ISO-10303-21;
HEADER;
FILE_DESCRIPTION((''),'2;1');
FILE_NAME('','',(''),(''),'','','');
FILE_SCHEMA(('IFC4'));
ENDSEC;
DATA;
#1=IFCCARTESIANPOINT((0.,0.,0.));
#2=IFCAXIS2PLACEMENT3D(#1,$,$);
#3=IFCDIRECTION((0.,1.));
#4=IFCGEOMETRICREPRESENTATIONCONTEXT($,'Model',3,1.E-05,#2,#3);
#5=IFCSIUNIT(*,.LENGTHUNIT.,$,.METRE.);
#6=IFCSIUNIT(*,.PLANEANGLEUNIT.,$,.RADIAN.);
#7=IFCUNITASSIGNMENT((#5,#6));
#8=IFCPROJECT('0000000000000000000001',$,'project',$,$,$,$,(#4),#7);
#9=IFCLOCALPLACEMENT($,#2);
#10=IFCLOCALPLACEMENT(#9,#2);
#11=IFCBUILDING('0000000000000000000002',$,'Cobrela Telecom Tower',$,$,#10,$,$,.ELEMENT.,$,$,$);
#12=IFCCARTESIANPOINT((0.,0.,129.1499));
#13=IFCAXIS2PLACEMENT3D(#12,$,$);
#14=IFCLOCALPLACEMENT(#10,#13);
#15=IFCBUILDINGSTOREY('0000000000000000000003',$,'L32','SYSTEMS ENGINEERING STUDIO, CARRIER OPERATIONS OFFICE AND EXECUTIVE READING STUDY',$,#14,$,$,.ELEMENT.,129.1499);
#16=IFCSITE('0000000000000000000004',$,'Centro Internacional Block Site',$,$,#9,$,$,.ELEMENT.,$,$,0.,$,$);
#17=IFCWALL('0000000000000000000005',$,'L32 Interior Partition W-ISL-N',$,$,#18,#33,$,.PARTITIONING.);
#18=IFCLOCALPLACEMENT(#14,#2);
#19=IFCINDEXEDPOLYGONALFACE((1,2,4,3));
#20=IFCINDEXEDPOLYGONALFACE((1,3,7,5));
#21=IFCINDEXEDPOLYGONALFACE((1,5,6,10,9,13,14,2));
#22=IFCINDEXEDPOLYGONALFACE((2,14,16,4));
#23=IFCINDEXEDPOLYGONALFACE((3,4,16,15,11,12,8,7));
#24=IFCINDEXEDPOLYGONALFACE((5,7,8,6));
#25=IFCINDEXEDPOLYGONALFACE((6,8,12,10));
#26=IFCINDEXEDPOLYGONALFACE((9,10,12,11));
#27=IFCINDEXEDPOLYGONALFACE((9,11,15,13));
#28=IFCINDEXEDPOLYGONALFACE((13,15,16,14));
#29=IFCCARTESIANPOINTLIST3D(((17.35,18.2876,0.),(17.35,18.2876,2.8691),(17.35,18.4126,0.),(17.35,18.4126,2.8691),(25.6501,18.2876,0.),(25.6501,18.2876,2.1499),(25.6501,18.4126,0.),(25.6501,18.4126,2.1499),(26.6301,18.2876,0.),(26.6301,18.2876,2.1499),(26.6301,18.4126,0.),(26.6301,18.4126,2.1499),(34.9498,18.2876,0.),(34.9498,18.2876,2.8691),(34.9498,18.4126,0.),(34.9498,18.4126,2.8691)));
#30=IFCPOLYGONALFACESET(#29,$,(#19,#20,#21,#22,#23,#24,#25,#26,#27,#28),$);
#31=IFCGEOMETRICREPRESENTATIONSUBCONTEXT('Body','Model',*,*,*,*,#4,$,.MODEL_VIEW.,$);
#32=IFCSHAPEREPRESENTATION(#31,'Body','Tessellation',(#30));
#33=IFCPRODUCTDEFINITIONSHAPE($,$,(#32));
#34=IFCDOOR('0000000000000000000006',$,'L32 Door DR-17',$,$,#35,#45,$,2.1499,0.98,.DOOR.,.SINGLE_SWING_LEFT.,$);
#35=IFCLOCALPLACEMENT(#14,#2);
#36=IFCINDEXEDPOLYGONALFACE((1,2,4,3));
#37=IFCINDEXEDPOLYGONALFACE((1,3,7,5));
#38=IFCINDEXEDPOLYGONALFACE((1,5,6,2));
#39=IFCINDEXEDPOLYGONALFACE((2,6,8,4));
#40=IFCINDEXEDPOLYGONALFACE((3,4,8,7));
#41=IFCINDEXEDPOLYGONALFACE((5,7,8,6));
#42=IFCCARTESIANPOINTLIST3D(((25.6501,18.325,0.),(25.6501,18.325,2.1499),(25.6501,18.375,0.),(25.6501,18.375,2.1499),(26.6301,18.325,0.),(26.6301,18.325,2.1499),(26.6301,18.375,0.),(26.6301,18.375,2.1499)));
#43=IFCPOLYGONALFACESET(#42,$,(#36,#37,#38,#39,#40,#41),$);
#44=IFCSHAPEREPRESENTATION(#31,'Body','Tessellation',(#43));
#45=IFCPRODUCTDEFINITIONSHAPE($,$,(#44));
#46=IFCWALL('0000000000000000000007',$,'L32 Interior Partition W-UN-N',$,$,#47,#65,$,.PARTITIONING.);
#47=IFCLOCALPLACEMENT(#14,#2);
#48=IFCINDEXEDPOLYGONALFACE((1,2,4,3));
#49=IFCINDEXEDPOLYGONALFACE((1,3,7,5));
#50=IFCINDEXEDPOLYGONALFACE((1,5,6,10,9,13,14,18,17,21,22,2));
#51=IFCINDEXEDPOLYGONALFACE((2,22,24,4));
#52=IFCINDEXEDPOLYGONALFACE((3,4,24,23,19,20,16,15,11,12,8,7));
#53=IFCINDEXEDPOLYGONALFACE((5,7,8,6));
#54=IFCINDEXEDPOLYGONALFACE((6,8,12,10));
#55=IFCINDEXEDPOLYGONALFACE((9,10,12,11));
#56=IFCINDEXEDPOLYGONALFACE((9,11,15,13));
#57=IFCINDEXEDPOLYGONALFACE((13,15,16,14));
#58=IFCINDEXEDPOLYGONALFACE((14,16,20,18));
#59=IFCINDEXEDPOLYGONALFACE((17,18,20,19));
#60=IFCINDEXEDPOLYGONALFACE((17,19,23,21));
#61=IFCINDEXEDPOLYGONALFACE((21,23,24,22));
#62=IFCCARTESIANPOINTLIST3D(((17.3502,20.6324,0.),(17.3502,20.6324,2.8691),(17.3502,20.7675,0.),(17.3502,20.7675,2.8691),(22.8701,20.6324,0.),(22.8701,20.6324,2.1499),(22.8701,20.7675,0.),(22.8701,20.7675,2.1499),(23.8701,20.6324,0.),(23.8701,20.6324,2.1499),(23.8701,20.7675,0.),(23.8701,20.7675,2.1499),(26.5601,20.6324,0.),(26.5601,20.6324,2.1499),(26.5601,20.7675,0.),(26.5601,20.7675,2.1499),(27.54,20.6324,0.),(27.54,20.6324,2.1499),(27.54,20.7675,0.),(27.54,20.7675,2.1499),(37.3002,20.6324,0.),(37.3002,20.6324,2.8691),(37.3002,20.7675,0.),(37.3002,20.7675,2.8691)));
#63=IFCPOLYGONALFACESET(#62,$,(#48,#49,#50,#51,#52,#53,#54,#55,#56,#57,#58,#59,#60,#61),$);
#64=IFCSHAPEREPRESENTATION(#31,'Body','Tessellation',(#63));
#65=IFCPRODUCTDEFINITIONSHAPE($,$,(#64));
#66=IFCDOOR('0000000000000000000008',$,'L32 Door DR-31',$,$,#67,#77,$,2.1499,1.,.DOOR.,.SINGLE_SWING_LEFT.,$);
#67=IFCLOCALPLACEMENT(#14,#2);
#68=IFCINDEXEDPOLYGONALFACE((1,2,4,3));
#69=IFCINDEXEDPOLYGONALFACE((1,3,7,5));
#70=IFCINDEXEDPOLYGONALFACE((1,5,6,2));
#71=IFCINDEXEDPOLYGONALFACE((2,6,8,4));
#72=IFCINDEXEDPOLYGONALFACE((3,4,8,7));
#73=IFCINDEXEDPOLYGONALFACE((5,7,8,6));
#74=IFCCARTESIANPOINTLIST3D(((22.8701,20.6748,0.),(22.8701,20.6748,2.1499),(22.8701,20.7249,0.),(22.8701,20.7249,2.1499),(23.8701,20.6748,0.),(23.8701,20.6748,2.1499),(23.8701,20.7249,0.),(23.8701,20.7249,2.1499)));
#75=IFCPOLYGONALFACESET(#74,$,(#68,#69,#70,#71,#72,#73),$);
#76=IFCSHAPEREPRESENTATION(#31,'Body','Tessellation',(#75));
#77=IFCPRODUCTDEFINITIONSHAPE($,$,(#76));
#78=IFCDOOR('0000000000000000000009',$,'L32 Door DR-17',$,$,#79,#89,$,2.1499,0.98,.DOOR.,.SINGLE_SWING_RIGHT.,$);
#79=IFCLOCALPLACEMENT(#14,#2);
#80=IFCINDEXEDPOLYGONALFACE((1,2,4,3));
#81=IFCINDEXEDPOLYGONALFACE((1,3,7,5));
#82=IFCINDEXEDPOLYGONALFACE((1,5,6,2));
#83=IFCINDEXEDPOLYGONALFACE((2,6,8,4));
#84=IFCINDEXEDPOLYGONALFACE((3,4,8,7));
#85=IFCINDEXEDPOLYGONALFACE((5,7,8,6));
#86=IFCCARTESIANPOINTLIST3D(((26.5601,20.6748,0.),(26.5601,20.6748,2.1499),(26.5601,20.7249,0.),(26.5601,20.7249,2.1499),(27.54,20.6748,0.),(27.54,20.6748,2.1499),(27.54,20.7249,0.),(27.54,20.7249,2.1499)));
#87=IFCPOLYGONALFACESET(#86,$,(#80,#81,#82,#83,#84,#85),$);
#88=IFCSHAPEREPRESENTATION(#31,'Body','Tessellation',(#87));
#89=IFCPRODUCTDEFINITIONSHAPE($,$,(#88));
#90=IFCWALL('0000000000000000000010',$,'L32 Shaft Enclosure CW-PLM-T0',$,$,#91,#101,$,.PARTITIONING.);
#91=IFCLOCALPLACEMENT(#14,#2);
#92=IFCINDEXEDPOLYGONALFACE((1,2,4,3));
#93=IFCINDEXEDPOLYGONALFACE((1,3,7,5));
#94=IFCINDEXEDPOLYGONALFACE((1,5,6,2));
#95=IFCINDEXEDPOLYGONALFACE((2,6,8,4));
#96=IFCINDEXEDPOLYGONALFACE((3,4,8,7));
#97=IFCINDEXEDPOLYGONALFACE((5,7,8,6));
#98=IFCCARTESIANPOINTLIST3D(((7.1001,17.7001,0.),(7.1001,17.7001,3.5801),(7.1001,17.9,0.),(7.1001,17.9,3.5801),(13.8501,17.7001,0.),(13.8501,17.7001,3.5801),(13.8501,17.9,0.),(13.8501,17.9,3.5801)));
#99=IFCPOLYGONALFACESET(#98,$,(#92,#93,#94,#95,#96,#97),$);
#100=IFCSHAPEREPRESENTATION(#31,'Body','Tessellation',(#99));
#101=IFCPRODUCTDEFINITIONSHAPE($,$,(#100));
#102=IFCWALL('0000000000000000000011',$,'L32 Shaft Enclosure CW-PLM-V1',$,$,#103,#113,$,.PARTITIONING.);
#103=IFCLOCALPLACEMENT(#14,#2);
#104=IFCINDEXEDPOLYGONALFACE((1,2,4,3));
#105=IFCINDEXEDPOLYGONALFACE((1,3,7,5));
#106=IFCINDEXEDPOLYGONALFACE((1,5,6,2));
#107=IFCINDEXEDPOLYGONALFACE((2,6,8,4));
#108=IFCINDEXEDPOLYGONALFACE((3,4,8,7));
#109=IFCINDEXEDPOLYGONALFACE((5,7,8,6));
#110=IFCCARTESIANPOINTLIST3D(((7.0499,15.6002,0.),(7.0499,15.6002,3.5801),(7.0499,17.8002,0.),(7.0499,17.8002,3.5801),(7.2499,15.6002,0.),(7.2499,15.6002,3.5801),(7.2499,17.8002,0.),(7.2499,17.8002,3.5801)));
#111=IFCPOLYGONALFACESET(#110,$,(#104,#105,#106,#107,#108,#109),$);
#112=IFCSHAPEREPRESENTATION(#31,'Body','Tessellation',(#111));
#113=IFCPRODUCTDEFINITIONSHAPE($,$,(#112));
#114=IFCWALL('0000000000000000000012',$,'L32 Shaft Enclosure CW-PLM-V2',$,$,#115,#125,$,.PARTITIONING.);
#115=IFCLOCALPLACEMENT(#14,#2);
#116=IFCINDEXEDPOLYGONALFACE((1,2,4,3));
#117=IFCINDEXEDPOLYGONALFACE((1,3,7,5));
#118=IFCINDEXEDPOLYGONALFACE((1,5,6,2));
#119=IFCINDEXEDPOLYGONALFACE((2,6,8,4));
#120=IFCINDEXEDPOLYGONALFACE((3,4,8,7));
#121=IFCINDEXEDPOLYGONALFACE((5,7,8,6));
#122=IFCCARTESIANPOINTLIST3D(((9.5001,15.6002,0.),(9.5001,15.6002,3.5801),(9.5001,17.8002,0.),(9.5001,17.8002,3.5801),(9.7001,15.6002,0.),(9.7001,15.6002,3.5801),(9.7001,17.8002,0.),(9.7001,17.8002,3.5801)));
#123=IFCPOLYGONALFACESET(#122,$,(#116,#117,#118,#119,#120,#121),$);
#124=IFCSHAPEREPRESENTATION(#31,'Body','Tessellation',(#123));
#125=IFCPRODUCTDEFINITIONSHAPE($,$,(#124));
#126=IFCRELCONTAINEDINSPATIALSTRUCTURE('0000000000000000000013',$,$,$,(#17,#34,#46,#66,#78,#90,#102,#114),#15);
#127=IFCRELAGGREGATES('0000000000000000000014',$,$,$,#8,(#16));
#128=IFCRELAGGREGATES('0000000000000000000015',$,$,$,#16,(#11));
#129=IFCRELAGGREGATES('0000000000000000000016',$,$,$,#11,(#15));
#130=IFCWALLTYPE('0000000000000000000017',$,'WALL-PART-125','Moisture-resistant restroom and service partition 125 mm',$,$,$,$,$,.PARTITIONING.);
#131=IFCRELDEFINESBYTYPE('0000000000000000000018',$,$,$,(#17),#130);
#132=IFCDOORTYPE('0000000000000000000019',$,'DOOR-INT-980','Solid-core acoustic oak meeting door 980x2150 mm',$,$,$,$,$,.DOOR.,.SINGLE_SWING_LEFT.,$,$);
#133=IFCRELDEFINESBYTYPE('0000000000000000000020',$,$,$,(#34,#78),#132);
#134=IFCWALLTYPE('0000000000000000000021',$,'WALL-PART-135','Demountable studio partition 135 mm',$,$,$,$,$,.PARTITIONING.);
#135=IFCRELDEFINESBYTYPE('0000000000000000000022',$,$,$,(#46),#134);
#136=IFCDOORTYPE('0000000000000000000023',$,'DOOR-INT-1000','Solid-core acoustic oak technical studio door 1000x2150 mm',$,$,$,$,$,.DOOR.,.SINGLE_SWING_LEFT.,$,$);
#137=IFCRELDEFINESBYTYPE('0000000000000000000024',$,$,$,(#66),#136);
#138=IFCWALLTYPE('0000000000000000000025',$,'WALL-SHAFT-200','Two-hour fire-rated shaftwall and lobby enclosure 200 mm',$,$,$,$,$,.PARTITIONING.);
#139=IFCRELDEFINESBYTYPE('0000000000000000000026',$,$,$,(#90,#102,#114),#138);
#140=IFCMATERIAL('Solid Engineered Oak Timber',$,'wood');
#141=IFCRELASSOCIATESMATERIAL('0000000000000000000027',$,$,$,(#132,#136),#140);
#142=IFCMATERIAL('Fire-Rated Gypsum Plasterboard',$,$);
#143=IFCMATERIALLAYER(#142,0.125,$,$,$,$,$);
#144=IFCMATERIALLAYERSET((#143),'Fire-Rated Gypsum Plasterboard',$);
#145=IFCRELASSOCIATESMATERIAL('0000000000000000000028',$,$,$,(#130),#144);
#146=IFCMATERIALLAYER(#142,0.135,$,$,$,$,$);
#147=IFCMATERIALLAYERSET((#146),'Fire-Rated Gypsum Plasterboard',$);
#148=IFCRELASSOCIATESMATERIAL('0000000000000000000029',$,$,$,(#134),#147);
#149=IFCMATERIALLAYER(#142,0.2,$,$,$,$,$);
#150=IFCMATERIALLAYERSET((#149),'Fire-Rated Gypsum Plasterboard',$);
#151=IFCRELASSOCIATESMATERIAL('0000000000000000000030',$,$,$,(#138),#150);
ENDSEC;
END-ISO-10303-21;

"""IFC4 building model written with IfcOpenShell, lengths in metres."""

from ifc_helpers import new_model, si_unit, direction, frame, frame_2d, origin, place, context, subcontext, project, spatial, rectangle, extrude, material, layer, layer_set, type_object, element, fill, save


model = new_model("IFC4")

# Units and contexts
model_context = context("Model", 3, precision=1e-05, world=origin(), true_north=direction((0.0, 1.0)))
body_context = subcontext(model_context, "Body", "Model", "MODEL_VIEW")
ifc_project = project(units=[si_unit("LENGTHUNIT", "METRE"), si_unit("PLANEANGLEUNIT", "RADIAN")], contexts=[model_context])

# Site, building, storey
site_placement = place(None, origin())
site = spatial("IfcSite", under=ifc_project, at=site_placement, Name="Centro Internacional Block Site", CompositionType="ELEMENT", RefElevation=0.0)
building_placement = place(site_placement, origin())
building = spatial("IfcBuilding", under=site, at=building_placement, Name="Cobrela Telecom Tower", CompositionType="ELEMENT")
storey_placement = place(building_placement, frame((0.0, 0.0, 129.1499)))
storey = spatial("IfcBuildingStorey", under=building, at=storey_placement, Name="L32", Description="SYSTEMS ENGINEERING STUDIO, CARRIER OPERATIONS OFFICE AND EXECUTIVE READING STUDY", CompositionType="ELEMENT", Elevation=129.1499)

# Shared definitions
ifc_material_1 = material(Name="Fire-Rated Gypsum Plasterboard")
ifc_material_2 = material(Name="Solid Engineered Oak Timber", Category="wood")
door_type_1 = type_object("IfcDoorType", Name="DOOR-INT-980", Description="Solid-core acoustic oak meeting door 980x2150 mm", OperationType="SINGLE_SWING_LEFT", PredefinedType="DOOR", material=ifc_material_2)

# Wall, opening, door
ifc_layer_1 = layer(ifc_material_1, 0.125)
ifc_layer_set_1 = layer_set([ifc_layer_1], Name="Fire-Rated Gypsum Plasterboard")
wall_type_1 = type_object("IfcWallType", Name="WALL-PART-125", Description="Moisture-resistant restroom and service partition 125 mm", PredefinedType="PARTITIONING", material=ifc_layer_set_1)
wall_1_placement = place(storey_placement, frame((17.3501, 18.3501, 0.0), z_axis=(0.0, 0.0, 1.0), x_axis=(1.0, 0.0, 0.0)))
wall_1 = element("IfcWall", 1, at=wall_1_placement, inside=storey, type_object=wall_type_1, Name="L32 Interior Partition W-ISL-N", PredefinedType="PARTITIONING", context=body_context, shape_type="SweptSolid", body=[
    extrude(rectangle(XDim=17.5999, YDim=0.125, at=frame_2d((8.7998, 0.0))), origin(), (0.0, 0.0, 1.0), 2.8691),
])
opening_1_placement = place(wall_1_placement, frame((8.3, 0.0, 0.0)))
opening_1 = element("IfcOpeningElement", 2, at=opening_1_placement, cuts=wall_1, PredefinedType="OPENING", context=body_context, shape_type="SweptSolid", body=[
    extrude(rectangle(XDim=0.98, YDim=2.1499, at=frame_2d((0.49, 1.075))), frame((0.0, 0.0745, 0.0), z_axis=(0.0, -1.0, 0.0), x_axis=(1.0, 0.0, 0.0)), (0.0, 0.0, 1.0), 0.1489),
])
door_1_placement = place(opening_1_placement, origin())
door_1 = element("IfcDoor", 3, at=door_1_placement, inside=storey, type_object=door_type_1, Name="L32 Door DR-17", OperationType="SINGLE_SWING_LEFT", OverallHeight=2.1499, OverallWidth=0.98, PredefinedType="DOOR", context=body_context, shape_type="SweptSolid", body=[
    extrude(rectangle(XDim=0.98, YDim=2.1499, at=frame_2d((0.49, 1.075))), frame((0.0, 0.0249, 0.0), z_axis=(0.0, -1.0, 0.0), x_axis=(1.0, 0.0, 0.0)), (0.0, 0.0, 1.0), 0.05),
])
fill(opening_1, door_1)

# Wall, openings, doors
ifc_layer_2 = layer(ifc_material_1, 0.135)
ifc_layer_set_2 = layer_set([ifc_layer_2], Name="Fire-Rated Gypsum Plasterboard")
wall_type_2 = type_object("IfcWallType", Name="WALL-PART-135", Description="Demountable studio partition 135 mm", PredefinedType="PARTITIONING", material=ifc_layer_set_2)
wall_2_placement = place(storey_placement, frame((17.3501, 20.7, 0.0), z_axis=(0.0, 0.0, 1.0), x_axis=(1.0, 0.0, 0.0)))
wall_2 = element("IfcWall", 4, at=wall_2_placement, inside=storey, type_object=wall_type_2, Name="L32 Interior Partition W-UN-N", PredefinedType="PARTITIONING", context=body_context, shape_type="SweptSolid", body=[
    extrude(rectangle(XDim=19.95, YDim=0.135, at=frame_2d((9.9751, 0.0))), origin(), (0.0, 0.0, 1.0), 2.8691),
])
opening_2_placement = place(wall_2_placement, frame((5.52, 0.0, 0.0)))
opening_2 = element("IfcOpeningElement", 5, at=opening_2_placement, cuts=wall_2, PredefinedType="OPENING", context=body_context, shape_type="SweptSolid", body=[
    extrude(rectangle(XDim=1.0, YDim=2.1499, at=frame_2d((0.5, 1.075))), frame((0.0, 0.0796, 0.0), z_axis=(0.0, -1.0, 0.0), x_axis=(1.0, 0.0, 0.0)), (0.0, 0.0, 1.0), 0.1589),
])
opening_3_placement = place(wall_2_placement, frame((9.21, 0.0, 0.0)))
opening_3 = element("IfcOpeningElement", 6, at=opening_3_placement, cuts=wall_2, PredefinedType="OPENING", context=body_context, shape_type="SweptSolid", body=[
    extrude(rectangle(XDim=0.98, YDim=2.1499, at=frame_2d((0.49, 1.075))), frame((0.0, 0.0796, 0.0), z_axis=(0.0, -1.0, 0.0), x_axis=(1.0, 0.0, 0.0)), (0.0, 0.0, 1.0), 0.1589),
])
door_type_2 = type_object("IfcDoorType", Name="DOOR-INT-1000", Description="Solid-core acoustic oak technical studio door 1000x2150 mm", OperationType="SINGLE_SWING_LEFT", PredefinedType="DOOR", material=ifc_material_2)
door_2_placement = place(opening_2_placement, origin())
door_2 = element("IfcDoor", 7, at=door_2_placement, inside=storey, type_object=door_type_2, Name="L32 Door DR-31", OperationType="SINGLE_SWING_LEFT", OverallHeight=2.1499, OverallWidth=1.0, PredefinedType="DOOR", context=body_context, shape_type="SweptSolid", body=[
    extrude(rectangle(XDim=1.0, YDim=2.1499, at=frame_2d((0.5, 1.075))), frame((0.0, 0.0249, 0.0), z_axis=(0.0, -1.0, 0.0), x_axis=(1.0, 0.0, 0.0)), (0.0, 0.0, 1.0), 0.05),
])
fill(opening_2, door_2)
door_3_placement = place(opening_3_placement, origin())
door_3 = element("IfcDoor", 8, at=door_3_placement, inside=storey, type_object=door_type_1, Name="L32 Door DR-17", OperationType="SINGLE_SWING_RIGHT", OverallHeight=2.1499, OverallWidth=0.98, PredefinedType="DOOR", context=body_context, shape_type="SweptSolid", body=[
    extrude(rectangle(XDim=0.98, YDim=2.1499, at=frame_2d((0.49, 1.075))), frame((0.0, 0.0249, 0.0), z_axis=(0.0, -1.0, 0.0), x_axis=(1.0, 0.0, 0.0)), (0.0, 0.0, 1.0), 0.05),
])
fill(opening_3, door_3)

# Walls
ifc_layer_3 = layer(ifc_material_1, 0.2)
ifc_layer_set_3 = layer_set([ifc_layer_3], Name="Fire-Rated Gypsum Plasterboard")
wall_type_3 = type_object("IfcWallType", Name="WALL-SHAFT-200", Description="Two-hour fire-rated shaftwall and lobby enclosure 200 mm", PredefinedType="PARTITIONING", material=ifc_layer_set_3)
wall_3_placement = place(storey_placement, frame((7.1001, 17.8, 0.0), z_axis=(0.0, 0.0, 1.0), x_axis=(1.0, 0.0, 0.0)))
element("IfcWall", 9, at=wall_3_placement, inside=storey, type_object=wall_type_3, Name="L32 Shaft Enclosure CW-PLM-T0", PredefinedType="PARTITIONING", context=body_context, shape_type="SweptSolid", body=[
    extrude(rectangle(XDim=6.75, YDim=0.2, at=frame_2d((3.375, 0.0))), origin(), (0.0, 0.0, 1.0), 3.5801),
])
for number, where, z_axis, x_axis, name in (
    (10, (7.1499, 15.6001, 0.0), (0.0, 0.0, 1.0), (0.0, 1.0, 0.0), "L32 Shaft Enclosure CW-PLM-V1"),
    (11, (9.6001, 15.6001, 0.0), (0.0, 0.0, 1.0), (0.0, 1.0, 0.0), "L32 Shaft Enclosure CW-PLM-V2"),
):
    element("IfcWall", number, at=place(storey_placement, frame(where, z_axis=z_axis, x_axis=x_axis)), inside=storey, type_object=wall_type_3, Name=name, PredefinedType="PARTITIONING", context=body_context, shape_type="SweptSolid", body=[
        extrude(rectangle(XDim=2.2, YDim=0.2, at=frame_2d((1.1001, 0.0))), origin(), (0.0, 0.0, 1.0), 3.5801),
    ])

save(model, "model.ifc")
